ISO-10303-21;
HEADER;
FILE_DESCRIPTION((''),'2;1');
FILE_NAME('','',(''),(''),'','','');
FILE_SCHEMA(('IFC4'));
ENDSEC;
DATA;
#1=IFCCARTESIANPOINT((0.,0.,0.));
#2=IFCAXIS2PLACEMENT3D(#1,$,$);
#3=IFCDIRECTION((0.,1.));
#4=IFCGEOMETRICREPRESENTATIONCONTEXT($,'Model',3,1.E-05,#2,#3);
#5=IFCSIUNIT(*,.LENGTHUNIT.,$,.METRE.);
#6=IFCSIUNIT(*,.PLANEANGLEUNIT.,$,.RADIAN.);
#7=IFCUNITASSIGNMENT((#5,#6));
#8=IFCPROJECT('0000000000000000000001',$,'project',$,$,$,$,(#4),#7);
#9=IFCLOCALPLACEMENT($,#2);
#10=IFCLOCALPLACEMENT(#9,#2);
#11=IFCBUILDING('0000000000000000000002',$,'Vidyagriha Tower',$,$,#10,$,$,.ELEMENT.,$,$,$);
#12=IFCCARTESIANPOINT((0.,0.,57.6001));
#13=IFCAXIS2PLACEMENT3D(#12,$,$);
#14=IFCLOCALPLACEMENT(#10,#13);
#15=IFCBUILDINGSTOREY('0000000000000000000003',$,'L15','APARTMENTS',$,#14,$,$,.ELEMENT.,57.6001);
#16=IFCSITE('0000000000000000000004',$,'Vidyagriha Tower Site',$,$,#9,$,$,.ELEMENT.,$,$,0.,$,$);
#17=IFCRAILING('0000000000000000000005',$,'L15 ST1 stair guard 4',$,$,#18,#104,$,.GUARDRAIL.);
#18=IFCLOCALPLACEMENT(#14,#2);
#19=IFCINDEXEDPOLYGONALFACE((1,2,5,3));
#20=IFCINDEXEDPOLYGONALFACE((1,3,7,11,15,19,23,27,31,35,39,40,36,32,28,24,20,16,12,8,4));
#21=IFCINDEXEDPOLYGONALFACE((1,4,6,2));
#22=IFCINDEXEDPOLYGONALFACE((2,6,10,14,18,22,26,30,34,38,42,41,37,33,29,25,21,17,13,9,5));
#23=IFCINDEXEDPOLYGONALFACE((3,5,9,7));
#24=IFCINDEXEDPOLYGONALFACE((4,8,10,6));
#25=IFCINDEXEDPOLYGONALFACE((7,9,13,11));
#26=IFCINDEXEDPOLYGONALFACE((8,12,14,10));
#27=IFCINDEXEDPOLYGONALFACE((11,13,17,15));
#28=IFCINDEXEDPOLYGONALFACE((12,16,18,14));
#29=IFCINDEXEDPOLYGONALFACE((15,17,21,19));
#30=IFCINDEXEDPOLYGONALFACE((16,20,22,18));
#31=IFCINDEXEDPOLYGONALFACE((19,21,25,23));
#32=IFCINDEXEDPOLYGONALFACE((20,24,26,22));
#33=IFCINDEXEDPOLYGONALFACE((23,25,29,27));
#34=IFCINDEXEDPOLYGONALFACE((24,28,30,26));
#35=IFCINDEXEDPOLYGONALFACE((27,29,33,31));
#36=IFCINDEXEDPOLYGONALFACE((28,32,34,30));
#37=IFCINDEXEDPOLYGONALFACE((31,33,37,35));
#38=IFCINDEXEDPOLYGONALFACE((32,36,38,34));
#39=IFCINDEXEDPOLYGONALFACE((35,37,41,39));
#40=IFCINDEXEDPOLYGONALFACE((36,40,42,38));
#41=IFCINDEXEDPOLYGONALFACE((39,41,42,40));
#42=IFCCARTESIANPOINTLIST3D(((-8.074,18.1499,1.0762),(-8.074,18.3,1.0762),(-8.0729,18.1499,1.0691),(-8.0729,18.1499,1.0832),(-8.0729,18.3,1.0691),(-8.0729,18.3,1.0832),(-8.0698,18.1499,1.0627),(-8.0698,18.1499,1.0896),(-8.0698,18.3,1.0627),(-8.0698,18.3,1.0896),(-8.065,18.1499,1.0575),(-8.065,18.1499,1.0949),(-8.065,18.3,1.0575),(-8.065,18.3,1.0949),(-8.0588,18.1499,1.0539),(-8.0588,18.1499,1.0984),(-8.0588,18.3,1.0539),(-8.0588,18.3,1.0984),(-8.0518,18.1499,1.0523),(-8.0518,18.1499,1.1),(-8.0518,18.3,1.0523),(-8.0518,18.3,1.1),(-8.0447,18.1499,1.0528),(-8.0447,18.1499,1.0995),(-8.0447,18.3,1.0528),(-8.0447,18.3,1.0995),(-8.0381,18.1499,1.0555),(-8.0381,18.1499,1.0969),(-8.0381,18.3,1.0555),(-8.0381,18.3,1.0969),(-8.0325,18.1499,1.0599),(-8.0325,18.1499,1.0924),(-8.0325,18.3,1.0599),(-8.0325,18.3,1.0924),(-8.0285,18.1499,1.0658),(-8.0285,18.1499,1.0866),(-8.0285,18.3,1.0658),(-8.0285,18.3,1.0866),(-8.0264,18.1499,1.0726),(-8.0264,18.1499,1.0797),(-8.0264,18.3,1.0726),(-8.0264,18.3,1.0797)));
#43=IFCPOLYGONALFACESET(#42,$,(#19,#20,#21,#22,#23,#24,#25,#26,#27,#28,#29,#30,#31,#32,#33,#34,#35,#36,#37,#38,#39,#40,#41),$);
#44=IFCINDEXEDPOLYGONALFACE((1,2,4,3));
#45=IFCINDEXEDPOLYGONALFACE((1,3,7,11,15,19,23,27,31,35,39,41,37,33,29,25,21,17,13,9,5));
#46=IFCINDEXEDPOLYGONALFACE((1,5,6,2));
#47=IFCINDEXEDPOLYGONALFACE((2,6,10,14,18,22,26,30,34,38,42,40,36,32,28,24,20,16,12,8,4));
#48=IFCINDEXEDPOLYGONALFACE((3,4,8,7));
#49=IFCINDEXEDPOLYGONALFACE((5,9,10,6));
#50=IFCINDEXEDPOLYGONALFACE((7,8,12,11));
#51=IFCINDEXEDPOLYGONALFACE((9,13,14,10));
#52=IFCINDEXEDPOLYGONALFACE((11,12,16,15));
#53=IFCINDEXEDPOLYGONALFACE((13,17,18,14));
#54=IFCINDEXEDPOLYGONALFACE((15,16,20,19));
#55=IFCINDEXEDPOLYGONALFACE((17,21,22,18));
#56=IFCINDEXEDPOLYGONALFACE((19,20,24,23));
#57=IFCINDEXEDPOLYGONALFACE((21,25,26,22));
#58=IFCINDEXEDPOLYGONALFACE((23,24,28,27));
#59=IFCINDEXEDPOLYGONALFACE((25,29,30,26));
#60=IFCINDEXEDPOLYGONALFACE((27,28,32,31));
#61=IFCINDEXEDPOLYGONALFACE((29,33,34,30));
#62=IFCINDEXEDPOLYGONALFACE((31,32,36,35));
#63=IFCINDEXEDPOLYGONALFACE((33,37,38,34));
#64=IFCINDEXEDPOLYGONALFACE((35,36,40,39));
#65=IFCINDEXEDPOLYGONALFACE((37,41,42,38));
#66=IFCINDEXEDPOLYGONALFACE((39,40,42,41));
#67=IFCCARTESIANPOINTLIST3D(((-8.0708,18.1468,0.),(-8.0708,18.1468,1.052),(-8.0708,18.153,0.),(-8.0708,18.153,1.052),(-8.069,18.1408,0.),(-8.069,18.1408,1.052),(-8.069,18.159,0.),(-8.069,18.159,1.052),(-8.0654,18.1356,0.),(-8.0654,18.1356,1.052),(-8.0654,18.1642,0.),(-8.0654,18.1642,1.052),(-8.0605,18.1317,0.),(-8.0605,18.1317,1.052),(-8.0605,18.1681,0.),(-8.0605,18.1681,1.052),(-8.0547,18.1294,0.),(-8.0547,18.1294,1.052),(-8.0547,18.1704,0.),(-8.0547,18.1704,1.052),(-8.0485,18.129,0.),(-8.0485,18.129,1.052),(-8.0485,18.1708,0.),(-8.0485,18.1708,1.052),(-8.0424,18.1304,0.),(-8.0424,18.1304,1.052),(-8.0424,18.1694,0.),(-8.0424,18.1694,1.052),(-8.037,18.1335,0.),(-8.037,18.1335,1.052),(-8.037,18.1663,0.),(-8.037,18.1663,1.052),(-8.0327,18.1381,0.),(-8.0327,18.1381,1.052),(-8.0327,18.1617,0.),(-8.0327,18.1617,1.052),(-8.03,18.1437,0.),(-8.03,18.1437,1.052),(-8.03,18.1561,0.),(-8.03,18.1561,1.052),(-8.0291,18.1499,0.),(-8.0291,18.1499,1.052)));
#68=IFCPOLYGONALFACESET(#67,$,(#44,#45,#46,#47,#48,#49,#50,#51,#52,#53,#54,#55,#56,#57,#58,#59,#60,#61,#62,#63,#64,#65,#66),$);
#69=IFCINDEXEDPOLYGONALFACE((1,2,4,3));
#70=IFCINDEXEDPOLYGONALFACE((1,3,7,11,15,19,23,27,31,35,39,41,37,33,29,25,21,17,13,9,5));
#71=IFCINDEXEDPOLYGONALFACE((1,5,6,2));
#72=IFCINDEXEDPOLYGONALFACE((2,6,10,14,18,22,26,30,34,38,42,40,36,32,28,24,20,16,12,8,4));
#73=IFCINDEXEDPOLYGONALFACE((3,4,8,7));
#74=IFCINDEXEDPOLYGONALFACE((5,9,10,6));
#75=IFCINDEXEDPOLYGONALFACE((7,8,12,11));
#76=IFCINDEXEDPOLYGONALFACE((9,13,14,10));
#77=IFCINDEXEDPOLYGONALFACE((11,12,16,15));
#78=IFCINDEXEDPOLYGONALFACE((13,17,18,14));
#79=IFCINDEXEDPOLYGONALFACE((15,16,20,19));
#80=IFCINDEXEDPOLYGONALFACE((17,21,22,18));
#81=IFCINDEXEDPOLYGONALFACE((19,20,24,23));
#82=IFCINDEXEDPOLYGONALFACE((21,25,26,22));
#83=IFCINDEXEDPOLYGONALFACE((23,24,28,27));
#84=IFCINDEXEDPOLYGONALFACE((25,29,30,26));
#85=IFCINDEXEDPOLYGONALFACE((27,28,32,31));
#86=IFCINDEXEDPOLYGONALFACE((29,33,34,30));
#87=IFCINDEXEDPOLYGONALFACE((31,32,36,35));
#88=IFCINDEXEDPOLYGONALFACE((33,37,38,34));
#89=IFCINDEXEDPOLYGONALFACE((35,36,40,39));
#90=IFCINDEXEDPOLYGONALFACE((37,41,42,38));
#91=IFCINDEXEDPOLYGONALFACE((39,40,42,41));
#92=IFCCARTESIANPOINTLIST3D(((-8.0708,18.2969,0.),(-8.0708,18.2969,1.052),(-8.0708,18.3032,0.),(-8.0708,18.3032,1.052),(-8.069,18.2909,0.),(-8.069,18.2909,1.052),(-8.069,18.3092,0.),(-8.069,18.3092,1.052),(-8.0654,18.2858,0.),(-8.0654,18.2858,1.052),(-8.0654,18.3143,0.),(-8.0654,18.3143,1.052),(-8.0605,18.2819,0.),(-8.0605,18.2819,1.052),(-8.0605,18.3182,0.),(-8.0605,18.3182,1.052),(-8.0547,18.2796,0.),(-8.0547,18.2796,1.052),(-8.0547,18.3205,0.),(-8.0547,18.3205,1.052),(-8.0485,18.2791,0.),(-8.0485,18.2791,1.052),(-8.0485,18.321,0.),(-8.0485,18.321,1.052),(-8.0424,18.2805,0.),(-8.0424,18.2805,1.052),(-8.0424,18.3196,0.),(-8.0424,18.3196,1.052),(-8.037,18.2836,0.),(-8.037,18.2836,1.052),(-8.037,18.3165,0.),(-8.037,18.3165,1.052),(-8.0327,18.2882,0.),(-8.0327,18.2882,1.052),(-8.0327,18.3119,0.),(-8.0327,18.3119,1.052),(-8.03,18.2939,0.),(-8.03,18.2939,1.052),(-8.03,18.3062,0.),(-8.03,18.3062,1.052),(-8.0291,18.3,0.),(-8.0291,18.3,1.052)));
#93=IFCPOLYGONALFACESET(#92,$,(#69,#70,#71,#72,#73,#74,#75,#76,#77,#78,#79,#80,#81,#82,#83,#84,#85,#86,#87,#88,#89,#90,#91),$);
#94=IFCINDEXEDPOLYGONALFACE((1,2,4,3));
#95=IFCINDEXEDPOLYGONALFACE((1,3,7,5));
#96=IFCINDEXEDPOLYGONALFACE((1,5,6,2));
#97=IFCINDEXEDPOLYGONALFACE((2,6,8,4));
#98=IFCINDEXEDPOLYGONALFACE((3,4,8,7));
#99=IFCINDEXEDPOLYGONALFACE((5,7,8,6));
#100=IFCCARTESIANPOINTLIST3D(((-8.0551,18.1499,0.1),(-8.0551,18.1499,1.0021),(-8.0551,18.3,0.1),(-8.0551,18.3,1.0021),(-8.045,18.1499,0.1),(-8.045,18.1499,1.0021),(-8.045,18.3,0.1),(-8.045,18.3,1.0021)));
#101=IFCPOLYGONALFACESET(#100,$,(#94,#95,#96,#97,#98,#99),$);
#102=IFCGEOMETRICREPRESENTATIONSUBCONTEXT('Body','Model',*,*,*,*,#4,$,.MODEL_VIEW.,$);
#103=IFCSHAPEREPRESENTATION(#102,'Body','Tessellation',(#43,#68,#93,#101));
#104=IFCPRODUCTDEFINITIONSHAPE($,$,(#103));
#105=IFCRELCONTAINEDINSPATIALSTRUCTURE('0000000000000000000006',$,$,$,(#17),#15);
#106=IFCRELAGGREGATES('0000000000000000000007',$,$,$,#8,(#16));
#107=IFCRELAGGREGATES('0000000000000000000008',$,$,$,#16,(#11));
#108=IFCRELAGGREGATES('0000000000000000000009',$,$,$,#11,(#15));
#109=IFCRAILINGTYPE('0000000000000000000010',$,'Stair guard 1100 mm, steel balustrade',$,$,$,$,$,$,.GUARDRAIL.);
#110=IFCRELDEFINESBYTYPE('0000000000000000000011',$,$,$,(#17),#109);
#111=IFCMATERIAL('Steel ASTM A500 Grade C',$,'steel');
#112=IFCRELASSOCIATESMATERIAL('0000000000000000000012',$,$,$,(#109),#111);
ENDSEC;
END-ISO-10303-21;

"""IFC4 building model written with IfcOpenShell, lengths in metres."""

from ifc_helpers import new_model, si_unit, direction, frame, origin, origin_2d, place, context, subcontext, project, spatial, rectangle, circle, extrude, material, type_object, element, save


model = new_model("IFC4")

# Units and contexts
model_context = context("Model", 3, precision=1e-05, world=origin(), true_north=direction((0.0, 1.0)))
body_context = subcontext(model_context, "Body", "Model", "MODEL_VIEW")
ifc_project = project(units=[si_unit("LENGTHUNIT", "METRE"), si_unit("PLANEANGLEUNIT", "RADIAN")], contexts=[model_context])

# Site, building, storey
site_placement = place(None, origin())
site = spatial("IfcSite", under=ifc_project, at=site_placement, Name="Vidyagriha Tower Site", CompositionType="ELEMENT", RefElevation=0.0)
building_placement = place(site_placement, origin())
building = spatial("IfcBuilding", under=site, at=building_placement, Name="Vidyagriha Tower", CompositionType="ELEMENT")
storey_placement = place(building_placement, frame((0.0, 0.0, 57.6001)))
storey = spatial("IfcBuildingStorey", under=building, at=storey_placement, Name="L15", Description="APARTMENTS", CompositionType="ELEMENT", Elevation=57.6001)

# Railing
ifc_material_1 = material(Name="Steel ASTM A500 Grade C", Category="steel")
railing_type_1 = type_object("IfcRailingType", Name="Stair guard 1100 mm, steel balustrade", PredefinedType="GUARDRAIL", material=ifc_material_1)
railing_1_placement = place(storey_placement, frame((-8.05, 18.1499, 0.0)))
element("IfcRailing", 1, at=railing_1_placement, inside=storey, type_object=railing_type_1, Name="L15 ST1 stair guard 4", PredefinedType="GUARDRAIL", context=body_context, shape_type="SweptSolid", body=[
    extrude(circle(Radius=0.0239, at=origin_2d()), frame((0.0, 0.0, 1.0762), z_axis=(0.0, 1.0, 0.0), x_axis=(-1.0, 0.0, 0.0)), (0.0, 0.0, 1.0), 0.1501),
    extrude(circle(Radius=0.021, at=origin_2d()), origin(), (0.0, 0.0, 1.0), 1.052),
    extrude(circle(Radius=0.021, at=origin_2d()), frame((0.0, 0.1501, 0.0)), (0.0, 0.0, 1.0), 1.052),
    extrude(rectangle(XDim=0.01, YDim=0.9021, at=origin_2d()), frame((0.0, 0.0, 0.551), z_axis=(0.0, 1.0, 0.0), x_axis=(-1.0, 0.0, 0.0)), (0.0, 0.0, 1.0), 0.1501),
])

save(model, "model.ifc")
